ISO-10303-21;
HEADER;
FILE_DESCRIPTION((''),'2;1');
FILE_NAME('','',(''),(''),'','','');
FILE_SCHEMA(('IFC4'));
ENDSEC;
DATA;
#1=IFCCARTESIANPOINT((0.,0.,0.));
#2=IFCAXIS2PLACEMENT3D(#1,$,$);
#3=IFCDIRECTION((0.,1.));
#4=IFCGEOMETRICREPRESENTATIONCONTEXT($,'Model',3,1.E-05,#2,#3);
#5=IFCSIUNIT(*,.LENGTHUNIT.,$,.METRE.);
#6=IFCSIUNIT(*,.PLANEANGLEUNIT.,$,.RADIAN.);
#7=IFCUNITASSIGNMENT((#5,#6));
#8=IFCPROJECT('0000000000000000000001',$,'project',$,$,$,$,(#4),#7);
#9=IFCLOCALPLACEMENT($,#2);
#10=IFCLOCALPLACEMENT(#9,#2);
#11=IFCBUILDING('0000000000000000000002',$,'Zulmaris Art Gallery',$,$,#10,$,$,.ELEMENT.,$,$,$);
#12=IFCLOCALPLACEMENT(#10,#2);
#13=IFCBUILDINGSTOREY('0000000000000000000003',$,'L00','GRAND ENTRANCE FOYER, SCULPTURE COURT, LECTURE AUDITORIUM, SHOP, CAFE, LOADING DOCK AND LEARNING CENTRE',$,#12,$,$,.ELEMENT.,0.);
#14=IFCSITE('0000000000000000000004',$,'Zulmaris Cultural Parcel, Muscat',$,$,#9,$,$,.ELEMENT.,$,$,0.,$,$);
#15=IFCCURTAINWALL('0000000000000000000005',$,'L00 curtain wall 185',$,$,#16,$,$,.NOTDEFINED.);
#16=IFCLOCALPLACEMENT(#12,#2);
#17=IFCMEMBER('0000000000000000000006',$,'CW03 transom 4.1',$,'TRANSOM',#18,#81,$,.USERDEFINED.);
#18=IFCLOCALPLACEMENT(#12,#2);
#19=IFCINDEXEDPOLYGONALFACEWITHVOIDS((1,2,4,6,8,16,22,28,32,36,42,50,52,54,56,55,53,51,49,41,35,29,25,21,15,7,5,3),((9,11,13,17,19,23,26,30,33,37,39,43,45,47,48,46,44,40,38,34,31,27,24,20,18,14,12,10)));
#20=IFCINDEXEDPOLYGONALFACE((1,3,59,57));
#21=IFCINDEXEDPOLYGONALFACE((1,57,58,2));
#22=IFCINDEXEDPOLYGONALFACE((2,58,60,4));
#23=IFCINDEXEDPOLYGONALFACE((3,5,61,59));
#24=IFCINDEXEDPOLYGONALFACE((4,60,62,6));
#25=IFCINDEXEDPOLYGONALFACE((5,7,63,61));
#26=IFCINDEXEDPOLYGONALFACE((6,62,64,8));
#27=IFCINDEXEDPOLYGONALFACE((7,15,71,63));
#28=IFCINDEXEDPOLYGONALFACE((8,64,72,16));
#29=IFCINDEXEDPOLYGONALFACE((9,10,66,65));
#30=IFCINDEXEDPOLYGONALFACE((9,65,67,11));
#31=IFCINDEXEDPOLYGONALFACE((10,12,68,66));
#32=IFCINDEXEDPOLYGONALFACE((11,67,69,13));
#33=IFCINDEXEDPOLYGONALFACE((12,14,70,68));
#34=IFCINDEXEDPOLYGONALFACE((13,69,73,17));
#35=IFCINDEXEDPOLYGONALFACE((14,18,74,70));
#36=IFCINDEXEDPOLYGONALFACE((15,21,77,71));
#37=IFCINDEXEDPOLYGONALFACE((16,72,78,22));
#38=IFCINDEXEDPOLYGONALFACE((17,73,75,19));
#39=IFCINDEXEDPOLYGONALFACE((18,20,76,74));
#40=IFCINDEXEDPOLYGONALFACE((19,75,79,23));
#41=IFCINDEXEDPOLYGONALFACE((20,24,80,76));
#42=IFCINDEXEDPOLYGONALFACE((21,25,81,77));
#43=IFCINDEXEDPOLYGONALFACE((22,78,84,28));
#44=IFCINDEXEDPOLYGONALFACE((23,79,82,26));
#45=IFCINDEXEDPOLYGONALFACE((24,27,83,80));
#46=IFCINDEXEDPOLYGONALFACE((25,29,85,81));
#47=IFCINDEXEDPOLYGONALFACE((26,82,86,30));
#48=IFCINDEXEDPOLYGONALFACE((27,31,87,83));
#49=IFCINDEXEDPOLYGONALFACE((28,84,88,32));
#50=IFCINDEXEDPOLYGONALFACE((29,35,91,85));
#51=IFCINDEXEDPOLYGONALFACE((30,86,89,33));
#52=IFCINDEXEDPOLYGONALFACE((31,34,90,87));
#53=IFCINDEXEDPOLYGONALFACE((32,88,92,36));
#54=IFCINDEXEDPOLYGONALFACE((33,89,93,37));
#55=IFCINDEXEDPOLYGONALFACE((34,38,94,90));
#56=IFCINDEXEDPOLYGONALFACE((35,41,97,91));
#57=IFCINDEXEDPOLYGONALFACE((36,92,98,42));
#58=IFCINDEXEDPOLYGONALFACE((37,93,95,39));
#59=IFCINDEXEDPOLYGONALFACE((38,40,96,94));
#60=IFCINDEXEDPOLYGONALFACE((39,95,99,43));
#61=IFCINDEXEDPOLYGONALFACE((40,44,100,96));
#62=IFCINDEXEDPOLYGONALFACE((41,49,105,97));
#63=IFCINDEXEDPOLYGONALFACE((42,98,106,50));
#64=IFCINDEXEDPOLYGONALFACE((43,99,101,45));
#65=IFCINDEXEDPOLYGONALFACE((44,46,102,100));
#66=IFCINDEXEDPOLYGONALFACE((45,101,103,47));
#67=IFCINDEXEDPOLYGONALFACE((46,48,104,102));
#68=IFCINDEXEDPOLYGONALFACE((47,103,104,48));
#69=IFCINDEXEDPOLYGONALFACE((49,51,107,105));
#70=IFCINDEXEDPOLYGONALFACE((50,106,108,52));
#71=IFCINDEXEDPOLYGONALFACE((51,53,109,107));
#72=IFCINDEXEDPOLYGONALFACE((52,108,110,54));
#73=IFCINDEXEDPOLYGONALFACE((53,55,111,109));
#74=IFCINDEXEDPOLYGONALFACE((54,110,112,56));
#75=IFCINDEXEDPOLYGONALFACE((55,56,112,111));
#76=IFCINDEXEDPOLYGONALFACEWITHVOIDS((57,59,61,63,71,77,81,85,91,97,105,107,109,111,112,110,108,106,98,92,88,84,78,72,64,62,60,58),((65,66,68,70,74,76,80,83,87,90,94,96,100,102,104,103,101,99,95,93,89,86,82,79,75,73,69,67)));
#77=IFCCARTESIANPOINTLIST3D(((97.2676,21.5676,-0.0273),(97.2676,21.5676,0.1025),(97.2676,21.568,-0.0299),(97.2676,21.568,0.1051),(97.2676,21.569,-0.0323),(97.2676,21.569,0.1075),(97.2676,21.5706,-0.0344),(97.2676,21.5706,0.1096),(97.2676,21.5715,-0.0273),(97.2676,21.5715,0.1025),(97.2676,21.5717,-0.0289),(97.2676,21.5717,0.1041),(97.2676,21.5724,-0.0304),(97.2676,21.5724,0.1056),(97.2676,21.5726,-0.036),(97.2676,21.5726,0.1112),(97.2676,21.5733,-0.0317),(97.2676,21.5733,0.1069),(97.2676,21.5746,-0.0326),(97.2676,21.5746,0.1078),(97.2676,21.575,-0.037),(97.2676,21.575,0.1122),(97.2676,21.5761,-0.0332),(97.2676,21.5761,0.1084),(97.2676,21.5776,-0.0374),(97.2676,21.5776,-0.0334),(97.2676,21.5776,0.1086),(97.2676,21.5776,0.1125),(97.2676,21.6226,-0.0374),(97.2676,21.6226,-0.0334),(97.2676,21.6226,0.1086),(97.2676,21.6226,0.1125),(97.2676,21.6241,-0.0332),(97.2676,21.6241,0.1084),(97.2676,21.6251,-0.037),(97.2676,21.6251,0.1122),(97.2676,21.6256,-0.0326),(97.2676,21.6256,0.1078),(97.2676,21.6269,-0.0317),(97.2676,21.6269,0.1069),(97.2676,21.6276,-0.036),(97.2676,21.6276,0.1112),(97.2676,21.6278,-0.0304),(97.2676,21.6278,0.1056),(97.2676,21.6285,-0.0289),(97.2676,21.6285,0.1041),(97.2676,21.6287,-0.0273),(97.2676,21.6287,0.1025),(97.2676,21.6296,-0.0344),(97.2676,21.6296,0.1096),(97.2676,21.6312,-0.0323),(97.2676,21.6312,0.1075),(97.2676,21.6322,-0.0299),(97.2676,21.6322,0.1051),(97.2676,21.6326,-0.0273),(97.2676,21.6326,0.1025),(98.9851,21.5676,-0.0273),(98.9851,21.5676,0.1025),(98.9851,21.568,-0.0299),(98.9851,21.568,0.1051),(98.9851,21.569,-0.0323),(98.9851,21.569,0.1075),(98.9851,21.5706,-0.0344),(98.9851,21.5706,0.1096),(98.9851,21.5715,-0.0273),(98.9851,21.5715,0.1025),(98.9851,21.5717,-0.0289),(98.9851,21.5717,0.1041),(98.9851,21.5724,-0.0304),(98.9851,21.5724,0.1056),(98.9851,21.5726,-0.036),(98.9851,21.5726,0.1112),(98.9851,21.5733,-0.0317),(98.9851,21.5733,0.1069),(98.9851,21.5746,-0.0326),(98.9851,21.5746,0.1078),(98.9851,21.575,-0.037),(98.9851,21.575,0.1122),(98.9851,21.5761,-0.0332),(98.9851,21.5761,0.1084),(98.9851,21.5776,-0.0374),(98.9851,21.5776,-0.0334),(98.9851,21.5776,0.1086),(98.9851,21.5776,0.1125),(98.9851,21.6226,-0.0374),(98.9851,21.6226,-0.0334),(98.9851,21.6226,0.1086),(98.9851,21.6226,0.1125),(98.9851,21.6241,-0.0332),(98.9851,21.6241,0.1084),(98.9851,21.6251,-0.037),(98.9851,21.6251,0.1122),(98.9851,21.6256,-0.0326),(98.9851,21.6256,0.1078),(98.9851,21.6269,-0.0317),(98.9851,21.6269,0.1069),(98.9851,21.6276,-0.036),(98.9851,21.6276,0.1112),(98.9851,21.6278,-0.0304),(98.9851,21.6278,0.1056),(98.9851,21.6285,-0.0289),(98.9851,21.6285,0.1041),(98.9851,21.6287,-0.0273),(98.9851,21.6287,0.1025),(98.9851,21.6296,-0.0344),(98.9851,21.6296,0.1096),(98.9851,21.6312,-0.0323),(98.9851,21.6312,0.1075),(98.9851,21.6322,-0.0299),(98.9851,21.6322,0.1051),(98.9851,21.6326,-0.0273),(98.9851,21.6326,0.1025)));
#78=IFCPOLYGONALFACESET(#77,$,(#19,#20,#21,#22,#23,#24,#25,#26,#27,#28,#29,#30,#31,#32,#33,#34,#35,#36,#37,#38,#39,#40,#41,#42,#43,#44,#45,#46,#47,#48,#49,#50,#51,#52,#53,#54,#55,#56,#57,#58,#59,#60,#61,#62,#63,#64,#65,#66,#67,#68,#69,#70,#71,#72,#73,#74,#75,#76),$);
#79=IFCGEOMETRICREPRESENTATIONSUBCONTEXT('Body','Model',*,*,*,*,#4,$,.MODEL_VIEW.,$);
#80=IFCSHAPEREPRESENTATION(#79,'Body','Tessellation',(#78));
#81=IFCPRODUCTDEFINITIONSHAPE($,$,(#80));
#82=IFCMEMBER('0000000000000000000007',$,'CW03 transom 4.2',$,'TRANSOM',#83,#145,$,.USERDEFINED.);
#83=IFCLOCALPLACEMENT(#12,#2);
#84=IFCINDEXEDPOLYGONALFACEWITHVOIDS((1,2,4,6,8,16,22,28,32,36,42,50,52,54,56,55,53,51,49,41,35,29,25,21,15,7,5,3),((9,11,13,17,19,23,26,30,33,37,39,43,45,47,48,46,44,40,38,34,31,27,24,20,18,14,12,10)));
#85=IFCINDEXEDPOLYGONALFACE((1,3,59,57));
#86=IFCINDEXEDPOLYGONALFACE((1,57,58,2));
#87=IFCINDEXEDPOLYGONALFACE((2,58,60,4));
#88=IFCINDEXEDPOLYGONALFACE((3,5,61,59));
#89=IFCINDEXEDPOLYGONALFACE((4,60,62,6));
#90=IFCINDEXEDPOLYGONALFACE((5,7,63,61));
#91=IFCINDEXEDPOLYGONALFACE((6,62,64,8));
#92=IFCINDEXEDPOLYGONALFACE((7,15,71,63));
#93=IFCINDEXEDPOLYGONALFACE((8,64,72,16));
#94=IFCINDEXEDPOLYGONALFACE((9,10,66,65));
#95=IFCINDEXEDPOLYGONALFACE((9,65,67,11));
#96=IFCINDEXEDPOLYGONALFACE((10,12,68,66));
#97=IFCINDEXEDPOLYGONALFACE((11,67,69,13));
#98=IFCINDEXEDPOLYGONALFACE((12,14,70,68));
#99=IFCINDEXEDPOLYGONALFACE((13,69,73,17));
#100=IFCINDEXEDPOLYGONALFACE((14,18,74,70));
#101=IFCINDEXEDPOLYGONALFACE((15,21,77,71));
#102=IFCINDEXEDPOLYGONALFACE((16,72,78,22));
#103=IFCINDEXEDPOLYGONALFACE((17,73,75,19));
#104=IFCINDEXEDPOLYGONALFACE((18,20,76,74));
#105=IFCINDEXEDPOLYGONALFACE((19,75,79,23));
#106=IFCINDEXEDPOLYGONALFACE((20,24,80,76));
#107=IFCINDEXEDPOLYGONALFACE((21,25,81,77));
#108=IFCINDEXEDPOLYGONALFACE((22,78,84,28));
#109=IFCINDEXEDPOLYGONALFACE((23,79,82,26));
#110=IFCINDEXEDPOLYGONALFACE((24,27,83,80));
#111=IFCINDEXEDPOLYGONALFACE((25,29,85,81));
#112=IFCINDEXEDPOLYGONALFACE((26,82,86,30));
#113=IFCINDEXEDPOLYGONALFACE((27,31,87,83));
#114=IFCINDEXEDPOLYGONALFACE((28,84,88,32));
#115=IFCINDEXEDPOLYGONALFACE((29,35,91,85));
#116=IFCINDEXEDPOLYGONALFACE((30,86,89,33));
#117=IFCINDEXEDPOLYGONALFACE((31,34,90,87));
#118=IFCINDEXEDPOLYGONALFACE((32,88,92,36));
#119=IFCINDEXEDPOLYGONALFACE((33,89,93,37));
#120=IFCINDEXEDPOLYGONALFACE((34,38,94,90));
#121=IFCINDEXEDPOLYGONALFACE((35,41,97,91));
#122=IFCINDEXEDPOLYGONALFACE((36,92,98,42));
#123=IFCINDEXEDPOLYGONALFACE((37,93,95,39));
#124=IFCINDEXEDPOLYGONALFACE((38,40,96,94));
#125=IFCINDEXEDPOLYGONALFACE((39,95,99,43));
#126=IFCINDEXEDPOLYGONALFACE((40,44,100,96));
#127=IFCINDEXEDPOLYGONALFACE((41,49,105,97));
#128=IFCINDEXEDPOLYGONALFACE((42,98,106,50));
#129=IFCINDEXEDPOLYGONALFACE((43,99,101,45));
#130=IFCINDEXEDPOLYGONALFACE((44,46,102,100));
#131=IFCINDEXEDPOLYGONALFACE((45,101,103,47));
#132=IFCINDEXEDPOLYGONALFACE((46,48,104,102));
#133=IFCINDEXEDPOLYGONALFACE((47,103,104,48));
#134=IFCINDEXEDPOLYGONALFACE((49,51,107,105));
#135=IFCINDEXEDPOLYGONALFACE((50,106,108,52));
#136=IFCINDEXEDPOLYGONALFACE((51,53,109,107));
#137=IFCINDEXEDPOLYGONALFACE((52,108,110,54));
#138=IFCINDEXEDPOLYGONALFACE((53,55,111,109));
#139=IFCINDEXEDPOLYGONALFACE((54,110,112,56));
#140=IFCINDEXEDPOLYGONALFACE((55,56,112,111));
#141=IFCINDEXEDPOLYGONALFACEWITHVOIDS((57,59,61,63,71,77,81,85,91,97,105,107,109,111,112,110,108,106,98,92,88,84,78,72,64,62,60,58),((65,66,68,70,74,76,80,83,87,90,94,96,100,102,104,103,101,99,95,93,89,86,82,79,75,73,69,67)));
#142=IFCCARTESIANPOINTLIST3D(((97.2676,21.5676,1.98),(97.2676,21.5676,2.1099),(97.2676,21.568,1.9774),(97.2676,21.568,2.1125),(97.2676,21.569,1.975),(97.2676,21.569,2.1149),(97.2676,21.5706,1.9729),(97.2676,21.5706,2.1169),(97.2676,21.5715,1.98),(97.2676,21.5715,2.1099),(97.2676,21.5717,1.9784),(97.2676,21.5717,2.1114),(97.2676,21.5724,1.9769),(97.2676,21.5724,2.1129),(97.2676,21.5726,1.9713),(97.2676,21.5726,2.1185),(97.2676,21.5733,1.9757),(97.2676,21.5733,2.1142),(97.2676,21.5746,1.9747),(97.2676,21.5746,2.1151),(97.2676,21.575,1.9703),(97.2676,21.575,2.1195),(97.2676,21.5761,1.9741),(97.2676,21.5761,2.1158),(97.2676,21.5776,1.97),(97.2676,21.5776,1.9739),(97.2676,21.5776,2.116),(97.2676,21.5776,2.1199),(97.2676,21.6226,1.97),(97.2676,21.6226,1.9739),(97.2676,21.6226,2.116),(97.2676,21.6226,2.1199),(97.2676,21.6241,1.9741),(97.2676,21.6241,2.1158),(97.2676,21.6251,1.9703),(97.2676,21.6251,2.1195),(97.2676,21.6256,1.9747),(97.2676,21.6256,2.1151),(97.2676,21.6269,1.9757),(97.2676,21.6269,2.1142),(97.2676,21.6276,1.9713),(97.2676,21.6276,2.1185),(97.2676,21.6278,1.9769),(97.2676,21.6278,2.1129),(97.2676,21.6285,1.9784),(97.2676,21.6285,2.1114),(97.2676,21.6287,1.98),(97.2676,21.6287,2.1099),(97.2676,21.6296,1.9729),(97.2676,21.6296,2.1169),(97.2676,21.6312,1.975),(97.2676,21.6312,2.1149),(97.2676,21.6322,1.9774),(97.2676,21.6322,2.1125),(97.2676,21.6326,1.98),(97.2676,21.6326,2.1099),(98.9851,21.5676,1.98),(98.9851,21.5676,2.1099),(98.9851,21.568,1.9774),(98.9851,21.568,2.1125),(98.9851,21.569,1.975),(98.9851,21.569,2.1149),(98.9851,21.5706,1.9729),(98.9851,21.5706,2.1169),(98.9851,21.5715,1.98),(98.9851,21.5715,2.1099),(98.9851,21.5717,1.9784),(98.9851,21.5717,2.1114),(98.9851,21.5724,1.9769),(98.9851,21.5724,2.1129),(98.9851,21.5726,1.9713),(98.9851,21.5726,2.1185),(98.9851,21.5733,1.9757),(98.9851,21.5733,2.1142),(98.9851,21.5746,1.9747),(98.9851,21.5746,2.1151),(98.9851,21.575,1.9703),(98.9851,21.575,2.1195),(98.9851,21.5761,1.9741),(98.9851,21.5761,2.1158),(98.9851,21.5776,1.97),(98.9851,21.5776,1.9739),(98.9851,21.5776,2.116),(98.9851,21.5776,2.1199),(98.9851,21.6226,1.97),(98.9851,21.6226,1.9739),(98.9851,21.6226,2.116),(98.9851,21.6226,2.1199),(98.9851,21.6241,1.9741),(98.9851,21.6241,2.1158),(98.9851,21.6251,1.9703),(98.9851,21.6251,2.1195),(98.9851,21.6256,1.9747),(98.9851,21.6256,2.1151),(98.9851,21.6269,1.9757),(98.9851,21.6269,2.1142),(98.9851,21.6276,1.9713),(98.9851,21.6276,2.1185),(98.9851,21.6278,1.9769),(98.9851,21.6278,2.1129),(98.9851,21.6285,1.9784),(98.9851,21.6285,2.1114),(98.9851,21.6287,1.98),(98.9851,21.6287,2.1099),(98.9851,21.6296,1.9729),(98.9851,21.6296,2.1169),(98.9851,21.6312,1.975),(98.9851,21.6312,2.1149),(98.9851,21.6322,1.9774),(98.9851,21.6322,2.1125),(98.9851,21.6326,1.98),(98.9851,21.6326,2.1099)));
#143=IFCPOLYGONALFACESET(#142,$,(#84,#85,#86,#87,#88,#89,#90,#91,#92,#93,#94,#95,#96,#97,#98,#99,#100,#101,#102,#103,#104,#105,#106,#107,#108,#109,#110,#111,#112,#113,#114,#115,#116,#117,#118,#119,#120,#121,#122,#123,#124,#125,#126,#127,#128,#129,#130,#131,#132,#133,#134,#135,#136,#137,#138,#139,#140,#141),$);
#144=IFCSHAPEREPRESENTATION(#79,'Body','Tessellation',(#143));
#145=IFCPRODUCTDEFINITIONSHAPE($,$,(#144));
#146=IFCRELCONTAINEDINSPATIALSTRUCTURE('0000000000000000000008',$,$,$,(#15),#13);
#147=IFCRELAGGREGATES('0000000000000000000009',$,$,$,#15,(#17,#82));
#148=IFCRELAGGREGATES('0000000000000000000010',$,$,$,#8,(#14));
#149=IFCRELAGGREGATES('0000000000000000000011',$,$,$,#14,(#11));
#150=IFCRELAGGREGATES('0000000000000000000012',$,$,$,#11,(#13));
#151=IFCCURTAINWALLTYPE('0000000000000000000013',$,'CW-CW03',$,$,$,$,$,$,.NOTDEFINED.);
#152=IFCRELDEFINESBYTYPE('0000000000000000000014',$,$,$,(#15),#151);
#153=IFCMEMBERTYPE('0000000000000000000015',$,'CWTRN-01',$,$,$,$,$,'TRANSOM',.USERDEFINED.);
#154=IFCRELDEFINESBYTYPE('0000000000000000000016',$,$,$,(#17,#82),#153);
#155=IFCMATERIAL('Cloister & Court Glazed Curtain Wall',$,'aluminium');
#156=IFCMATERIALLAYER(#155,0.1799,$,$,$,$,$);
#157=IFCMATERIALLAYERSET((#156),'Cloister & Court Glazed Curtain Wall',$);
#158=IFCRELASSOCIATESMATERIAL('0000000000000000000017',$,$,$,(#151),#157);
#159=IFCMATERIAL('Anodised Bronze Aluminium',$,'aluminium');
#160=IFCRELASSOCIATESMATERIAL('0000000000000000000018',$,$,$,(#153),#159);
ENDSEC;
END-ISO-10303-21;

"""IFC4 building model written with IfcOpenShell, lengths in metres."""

from ifc_helpers import new_model, si_unit, direction, frame, origin, origin_2d, place, context, subcontext, project, spatial, hollow_rectangle, extrude, material, layer, layer_set, material_profile, profile_set, type_object, element, aggregate, save


model = new_model("IFC4")

# Units and contexts
model_context = context("Model", 3, precision=1e-05, world=origin(), true_north=direction((0.0, 1.0)))
body_context = subcontext(model_context, "Body", "Model", "MODEL_VIEW")
ifc_project = project(units=[si_unit("LENGTHUNIT", "METRE"), si_unit("PLANEANGLEUNIT", "RADIAN")], contexts=[model_context])

# Site, building, storey
site_placement = place(None, origin())
site = spatial("IfcSite", under=ifc_project, at=site_placement, Name="Zulmaris Cultural Parcel, Muscat", CompositionType="ELEMENT", RefElevation=0.0)
building_placement = place(site_placement, origin())
building = spatial("IfcBuilding", under=site, at=building_placement, Name="Zulmaris Art Gallery", CompositionType="ELEMENT")
storey_placement = place(building_placement, origin())
storey = spatial("IfcBuildingStorey", under=building, at=storey_placement, Name="L00", Description="GRAND ENTRANCE FOYER, SCULPTURE COURT, LECTURE AUDITORIUM, SHOP, CAFE, LOADING DOCK AND LEARNING CENTRE", CompositionType="ELEMENT", Elevation=0.0)

# Curtain wall, members
ifc_material_1 = material(Name="Cloister & Court Glazed Curtain Wall", Category="aluminium")
ifc_layer_1 = layer(ifc_material_1, 0.1799)
ifc_layer_set_1 = layer_set([ifc_layer_1], Name="Cloister & Court Glazed Curtain Wall")
curtain_wall_type = type_object("IfcCurtainWallType", Name="CW-CW03", PredefinedType="NOTDEFINED", material=ifc_layer_set_1)
ifc_material_2 = material(Name="Anodised Bronze Aluminium", Category="aluminium")
curtain_wall_1_placement = place(storey_placement, origin())
curtain_wall_1 = element("IfcCurtainWall", 1, at=curtain_wall_1_placement, inside=storey, type_object=curtain_wall_type, Name="L00 curtain wall 185", PredefinedType="NOTDEFINED")
ifc_material_profile_1 = material_profile(ifc_material_2, hollow_rectangle(XDim=0.0649, YDim=0.1499, WallThickness=0.0039, InnerFilletRadius=0.0061, OuterFilletRadius=0.01, at=origin_2d()), Name="ALU 65x150x4")
ifc_profile_set_1 = profile_set([ifc_material_profile_1], Name="Anodised Bronze Aluminium")
member_type_1 = type_object("IfcMemberType", Name="CWTRN-01", ElementType="TRANSOM", PredefinedType="USERDEFINED", material=ifc_profile_set_1)
member_1_placement = place(storey_placement, frame((97.2676, 21.6001, 0.0376), z_axis=(1.0, 0.0, 0.0), x_axis=(0.0, 1.0, 0.0)))
member_1 = element("IfcMember", 2, at=member_1_placement, type_object=member_type_1, Name="CW03 transom 4.1", ObjectType="TRANSOM", PredefinedType="USERDEFINED", context=body_context, shape_type="SweptSolid", body=[
    extrude(hollow_rectangle(XDim=0.0649, YDim=0.1499, WallThickness=0.0039, InnerFilletRadius=0.0061, OuterFilletRadius=0.01, at=origin_2d()), origin(), (0.0, 0.0, 1.0), 1.7175),
])
member_2_placement = place(storey_placement, frame((97.2676, 21.6001, 2.0449), z_axis=(1.0, 0.0, 0.0), x_axis=(0.0, 1.0, 0.0)))
member_2 = element("IfcMember", 3, at=member_2_placement, type_object=member_type_1, Name="CW03 transom 4.2", ObjectType="TRANSOM", PredefinedType="USERDEFINED", context=body_context, shape_type="SweptSolid", body=[
    extrude(hollow_rectangle(XDim=0.0649, YDim=0.1499, WallThickness=0.0039, InnerFilletRadius=0.0061, OuterFilletRadius=0.01, at=origin_2d()), origin(), (0.0, 0.0, 1.0), 1.7175),
])

aggregate(curtain_wall_1, [member_1, member_2])

save(model, "model.ifc")
